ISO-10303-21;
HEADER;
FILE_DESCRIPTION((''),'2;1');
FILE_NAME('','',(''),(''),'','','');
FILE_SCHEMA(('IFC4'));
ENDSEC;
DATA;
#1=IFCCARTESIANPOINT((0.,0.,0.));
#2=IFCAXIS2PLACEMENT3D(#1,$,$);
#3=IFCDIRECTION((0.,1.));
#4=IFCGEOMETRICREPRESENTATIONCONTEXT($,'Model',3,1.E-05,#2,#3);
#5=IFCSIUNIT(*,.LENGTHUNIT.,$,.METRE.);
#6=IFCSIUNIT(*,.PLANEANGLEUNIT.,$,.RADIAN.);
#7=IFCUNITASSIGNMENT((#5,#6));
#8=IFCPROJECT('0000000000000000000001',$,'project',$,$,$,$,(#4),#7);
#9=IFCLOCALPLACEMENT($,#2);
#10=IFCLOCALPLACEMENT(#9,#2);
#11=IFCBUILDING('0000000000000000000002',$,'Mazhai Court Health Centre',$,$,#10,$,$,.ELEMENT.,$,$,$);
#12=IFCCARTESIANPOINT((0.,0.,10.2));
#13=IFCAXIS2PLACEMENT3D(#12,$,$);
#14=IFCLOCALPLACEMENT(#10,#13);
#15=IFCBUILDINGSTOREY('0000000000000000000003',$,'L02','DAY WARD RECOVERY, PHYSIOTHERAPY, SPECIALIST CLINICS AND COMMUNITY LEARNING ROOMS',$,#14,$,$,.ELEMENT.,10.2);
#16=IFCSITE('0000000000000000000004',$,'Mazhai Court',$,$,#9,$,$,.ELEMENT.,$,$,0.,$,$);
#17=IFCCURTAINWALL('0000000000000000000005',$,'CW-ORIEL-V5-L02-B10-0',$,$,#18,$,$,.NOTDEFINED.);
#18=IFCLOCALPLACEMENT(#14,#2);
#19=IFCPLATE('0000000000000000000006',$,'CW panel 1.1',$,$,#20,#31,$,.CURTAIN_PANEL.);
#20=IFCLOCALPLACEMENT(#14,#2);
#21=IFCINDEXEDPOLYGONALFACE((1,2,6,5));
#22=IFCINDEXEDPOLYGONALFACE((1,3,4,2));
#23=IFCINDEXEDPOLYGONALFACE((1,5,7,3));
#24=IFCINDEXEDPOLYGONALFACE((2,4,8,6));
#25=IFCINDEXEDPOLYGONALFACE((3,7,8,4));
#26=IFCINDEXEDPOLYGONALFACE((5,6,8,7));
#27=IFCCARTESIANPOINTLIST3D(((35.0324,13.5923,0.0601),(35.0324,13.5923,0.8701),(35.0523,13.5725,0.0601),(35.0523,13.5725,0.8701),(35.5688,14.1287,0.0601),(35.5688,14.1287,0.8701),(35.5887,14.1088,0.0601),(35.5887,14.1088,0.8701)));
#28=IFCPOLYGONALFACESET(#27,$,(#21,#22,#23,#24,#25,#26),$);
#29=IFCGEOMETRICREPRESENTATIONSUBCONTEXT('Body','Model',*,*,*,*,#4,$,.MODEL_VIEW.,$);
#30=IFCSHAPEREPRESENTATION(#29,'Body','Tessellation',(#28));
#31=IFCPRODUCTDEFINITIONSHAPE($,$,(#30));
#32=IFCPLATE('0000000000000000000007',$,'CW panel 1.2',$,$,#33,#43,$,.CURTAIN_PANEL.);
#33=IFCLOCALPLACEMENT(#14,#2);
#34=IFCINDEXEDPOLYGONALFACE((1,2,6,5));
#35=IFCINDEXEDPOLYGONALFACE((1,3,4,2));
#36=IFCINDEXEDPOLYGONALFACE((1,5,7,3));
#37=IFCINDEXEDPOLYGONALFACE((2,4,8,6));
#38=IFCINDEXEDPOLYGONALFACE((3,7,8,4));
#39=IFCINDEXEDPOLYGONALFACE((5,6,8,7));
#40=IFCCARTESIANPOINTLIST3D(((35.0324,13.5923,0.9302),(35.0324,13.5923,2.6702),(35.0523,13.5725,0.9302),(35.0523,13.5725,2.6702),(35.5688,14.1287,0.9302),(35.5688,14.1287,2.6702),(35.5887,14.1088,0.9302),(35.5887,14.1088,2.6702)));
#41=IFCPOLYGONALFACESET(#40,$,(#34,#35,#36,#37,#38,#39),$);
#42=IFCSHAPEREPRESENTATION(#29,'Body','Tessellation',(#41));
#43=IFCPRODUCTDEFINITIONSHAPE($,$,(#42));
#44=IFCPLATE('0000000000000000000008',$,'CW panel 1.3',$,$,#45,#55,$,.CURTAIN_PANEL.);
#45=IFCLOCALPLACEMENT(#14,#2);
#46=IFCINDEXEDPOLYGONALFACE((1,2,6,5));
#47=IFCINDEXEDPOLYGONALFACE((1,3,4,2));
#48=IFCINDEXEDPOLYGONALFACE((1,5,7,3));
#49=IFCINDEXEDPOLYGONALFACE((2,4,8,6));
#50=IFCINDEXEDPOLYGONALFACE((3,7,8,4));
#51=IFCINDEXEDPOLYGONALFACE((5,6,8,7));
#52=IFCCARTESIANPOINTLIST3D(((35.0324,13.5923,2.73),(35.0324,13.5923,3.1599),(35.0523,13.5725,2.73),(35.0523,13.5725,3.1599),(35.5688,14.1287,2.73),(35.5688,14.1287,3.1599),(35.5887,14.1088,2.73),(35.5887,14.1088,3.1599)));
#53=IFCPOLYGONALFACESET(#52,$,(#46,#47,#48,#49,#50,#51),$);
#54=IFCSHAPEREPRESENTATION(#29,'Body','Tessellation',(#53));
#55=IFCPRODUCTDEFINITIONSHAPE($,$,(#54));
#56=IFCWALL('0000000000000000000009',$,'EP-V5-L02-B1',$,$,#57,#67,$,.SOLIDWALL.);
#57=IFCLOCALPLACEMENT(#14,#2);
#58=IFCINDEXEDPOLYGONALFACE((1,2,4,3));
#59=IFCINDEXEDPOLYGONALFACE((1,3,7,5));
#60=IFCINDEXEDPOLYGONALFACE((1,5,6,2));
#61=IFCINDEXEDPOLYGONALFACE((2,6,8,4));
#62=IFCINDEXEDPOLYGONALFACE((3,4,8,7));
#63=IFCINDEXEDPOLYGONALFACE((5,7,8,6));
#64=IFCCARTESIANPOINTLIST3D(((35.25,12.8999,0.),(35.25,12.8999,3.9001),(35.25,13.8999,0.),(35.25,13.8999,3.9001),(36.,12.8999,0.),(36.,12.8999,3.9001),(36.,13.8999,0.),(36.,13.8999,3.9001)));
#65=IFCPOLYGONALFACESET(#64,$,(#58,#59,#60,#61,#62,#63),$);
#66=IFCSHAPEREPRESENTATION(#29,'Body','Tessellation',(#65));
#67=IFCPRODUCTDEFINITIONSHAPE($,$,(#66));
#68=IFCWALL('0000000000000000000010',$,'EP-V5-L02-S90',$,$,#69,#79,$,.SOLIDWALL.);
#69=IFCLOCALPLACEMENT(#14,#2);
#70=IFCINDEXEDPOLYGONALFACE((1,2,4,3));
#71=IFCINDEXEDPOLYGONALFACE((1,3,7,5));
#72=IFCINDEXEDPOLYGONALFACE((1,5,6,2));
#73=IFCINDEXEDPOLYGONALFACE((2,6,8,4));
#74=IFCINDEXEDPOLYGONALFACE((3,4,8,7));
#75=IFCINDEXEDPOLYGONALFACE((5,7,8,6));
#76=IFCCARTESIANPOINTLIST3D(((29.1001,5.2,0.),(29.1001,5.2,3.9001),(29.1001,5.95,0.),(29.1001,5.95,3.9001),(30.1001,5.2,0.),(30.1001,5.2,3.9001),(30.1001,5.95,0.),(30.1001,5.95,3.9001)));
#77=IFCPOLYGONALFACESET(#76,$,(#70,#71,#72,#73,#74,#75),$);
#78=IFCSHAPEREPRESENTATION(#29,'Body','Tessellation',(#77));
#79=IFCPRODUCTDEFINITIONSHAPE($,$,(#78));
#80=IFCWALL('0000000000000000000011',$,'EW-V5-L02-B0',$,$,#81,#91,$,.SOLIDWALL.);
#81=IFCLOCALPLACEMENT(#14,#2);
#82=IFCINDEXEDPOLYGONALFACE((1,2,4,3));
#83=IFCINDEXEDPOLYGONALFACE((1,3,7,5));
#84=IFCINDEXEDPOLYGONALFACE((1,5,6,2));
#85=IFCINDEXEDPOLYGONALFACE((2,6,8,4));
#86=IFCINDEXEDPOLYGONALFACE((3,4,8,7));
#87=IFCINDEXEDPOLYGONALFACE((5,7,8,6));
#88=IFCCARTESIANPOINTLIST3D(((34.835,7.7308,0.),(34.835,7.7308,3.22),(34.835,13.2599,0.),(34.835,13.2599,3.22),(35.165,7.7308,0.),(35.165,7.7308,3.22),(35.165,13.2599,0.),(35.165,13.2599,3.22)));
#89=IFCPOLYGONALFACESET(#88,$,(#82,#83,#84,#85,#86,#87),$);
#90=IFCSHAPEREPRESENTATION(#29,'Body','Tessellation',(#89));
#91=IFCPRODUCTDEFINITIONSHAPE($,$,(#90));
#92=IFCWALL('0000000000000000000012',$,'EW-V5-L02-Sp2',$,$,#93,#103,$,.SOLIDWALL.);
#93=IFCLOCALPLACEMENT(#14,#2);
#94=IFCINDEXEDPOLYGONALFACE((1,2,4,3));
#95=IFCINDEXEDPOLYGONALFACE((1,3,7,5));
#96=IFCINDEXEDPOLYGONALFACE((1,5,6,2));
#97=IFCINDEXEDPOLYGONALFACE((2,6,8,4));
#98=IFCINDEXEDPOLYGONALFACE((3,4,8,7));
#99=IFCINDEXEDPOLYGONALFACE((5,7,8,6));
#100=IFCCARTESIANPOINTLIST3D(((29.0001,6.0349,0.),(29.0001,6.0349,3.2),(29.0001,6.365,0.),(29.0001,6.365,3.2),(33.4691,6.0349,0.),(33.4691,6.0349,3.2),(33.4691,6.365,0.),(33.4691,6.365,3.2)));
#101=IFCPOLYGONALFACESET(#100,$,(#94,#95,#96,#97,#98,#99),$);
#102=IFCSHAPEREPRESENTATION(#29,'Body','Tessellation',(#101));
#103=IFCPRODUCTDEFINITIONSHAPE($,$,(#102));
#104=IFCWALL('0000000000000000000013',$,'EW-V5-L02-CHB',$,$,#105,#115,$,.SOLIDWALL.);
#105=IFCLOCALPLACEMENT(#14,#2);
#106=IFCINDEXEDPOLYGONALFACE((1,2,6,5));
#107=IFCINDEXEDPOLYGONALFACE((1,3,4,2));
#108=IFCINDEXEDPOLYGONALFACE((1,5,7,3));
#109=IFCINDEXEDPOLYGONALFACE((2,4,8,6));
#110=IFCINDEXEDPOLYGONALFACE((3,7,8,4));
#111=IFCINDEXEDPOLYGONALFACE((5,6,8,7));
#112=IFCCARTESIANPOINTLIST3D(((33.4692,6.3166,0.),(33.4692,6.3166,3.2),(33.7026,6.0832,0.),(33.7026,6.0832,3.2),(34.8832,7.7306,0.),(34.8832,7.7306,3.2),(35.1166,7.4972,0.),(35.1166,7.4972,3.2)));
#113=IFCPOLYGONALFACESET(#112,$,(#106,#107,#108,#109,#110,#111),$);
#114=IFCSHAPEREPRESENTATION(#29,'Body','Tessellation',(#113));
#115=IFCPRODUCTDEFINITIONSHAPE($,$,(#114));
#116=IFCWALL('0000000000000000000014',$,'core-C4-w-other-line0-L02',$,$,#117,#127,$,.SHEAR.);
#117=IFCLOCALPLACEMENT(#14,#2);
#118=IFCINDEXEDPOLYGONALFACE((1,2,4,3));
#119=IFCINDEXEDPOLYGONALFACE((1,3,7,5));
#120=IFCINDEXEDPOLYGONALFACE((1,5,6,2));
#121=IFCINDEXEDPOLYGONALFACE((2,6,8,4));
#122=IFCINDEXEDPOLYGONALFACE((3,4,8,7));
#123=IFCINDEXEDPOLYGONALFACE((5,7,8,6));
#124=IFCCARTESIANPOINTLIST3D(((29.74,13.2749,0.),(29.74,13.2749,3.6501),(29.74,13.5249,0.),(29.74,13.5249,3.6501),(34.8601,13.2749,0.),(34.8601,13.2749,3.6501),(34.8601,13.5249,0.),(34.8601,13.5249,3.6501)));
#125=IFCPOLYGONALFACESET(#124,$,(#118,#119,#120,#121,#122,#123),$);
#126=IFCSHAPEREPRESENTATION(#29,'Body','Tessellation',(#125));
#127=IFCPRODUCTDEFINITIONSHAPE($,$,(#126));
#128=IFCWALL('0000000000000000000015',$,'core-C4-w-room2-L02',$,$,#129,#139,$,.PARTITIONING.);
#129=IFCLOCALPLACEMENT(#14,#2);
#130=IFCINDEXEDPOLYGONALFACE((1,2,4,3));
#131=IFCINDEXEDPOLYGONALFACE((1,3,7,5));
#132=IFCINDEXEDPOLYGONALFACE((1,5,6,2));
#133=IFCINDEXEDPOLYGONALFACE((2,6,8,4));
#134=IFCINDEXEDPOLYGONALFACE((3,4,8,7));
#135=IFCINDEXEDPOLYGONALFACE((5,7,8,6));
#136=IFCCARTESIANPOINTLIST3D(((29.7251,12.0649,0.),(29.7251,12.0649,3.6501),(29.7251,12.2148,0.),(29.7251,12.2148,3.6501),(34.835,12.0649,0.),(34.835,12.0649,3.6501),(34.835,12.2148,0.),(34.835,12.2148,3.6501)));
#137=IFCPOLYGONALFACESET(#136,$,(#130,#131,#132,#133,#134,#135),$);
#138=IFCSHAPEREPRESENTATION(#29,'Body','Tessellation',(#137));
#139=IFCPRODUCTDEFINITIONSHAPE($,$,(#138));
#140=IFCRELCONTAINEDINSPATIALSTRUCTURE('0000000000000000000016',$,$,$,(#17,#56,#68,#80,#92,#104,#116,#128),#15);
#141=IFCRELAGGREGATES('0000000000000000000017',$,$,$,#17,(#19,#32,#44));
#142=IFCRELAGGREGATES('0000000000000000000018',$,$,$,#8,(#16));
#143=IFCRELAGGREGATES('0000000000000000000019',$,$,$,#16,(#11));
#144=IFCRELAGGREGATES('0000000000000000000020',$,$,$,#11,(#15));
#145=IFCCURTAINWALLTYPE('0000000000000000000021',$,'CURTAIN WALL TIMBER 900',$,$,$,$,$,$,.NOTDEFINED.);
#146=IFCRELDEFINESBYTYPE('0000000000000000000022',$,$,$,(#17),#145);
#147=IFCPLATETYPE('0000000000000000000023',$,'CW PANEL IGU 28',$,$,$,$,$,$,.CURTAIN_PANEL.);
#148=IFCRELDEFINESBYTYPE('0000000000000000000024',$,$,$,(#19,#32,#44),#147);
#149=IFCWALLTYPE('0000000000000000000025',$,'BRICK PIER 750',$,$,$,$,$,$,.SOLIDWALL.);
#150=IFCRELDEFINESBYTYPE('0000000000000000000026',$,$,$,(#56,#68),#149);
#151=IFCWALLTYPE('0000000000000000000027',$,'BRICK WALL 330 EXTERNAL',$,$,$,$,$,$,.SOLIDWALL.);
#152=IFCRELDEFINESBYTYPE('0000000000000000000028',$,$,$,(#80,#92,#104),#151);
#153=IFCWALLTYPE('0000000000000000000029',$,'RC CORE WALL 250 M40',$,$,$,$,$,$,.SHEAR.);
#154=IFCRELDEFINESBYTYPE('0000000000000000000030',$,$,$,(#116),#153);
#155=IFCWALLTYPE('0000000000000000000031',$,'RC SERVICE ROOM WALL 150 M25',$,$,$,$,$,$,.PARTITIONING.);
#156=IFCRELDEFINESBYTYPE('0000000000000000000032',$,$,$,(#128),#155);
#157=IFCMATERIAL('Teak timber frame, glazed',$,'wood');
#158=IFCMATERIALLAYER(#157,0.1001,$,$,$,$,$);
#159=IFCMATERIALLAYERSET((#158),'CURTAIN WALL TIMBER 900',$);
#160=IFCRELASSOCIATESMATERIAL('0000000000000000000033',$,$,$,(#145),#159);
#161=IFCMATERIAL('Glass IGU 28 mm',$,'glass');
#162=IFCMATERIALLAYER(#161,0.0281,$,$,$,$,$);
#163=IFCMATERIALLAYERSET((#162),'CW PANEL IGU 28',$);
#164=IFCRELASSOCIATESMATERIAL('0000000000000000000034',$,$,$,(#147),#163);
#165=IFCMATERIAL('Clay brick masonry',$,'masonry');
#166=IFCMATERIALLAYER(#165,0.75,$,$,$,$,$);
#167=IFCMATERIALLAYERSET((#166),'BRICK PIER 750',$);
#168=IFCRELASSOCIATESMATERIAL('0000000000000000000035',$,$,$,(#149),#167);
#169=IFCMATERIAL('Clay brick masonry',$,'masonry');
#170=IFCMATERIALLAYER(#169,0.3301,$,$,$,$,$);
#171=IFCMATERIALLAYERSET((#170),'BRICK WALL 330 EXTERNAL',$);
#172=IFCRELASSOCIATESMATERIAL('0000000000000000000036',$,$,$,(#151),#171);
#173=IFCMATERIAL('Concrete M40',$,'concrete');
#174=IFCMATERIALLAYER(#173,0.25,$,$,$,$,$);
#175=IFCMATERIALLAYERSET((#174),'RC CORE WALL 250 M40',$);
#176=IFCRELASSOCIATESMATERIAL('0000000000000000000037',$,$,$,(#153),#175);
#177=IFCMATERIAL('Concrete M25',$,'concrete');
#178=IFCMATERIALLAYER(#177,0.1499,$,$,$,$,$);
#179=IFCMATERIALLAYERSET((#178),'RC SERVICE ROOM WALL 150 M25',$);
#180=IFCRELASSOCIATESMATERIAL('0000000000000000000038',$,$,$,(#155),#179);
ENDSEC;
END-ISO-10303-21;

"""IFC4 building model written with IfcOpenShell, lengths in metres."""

from ifc_helpers import new_model, si_unit, direction, frame, frame_2d, origin, origin_2d, place, context, subcontext, project, spatial, rectangle, extrude, material, layer, layer_set, type_object, element, aggregate, save


model = new_model("IFC4")

# Units and contexts
model_context = context("Model", 3, precision=1e-05, world=origin(), true_north=direction((0.0, 1.0)))
body_context = subcontext(model_context, "Body", "Model", "MODEL_VIEW")
ifc_project = project(units=[si_unit("LENGTHUNIT", "METRE"), si_unit("PLANEANGLEUNIT", "RADIAN")], contexts=[model_context])

# Site, building, storey
site_placement = place(None, origin())
site = spatial("IfcSite", under=ifc_project, at=site_placement, Name="Mazhai Court", CompositionType="ELEMENT", RefElevation=0.0)
building_placement = place(site_placement, origin())
building = spatial("IfcBuilding", under=site, at=building_placement, Name="Mazhai Court Health Centre", CompositionType="ELEMENT")
storey_placement = place(building_placement, frame((0.0, 0.0, 10.2)))
storey = spatial("IfcBuildingStorey", under=building, at=storey_placement, Name="L02", Description="DAY WARD RECOVERY, PHYSIOTHERAPY, SPECIALIST CLINICS AND COMMUNITY LEARNING ROOMS", CompositionType="ELEMENT", Elevation=10.2)

# Curtain wall
ifc_material_1 = material(Name="Teak timber frame, glazed", Category="wood")
ifc_layer_1 = layer(ifc_material_1, 0.1001)
ifc_layer_set_1 = layer_set([ifc_layer_1], Name="CURTAIN WALL TIMBER 900")
curtain_wall_type = type_object("IfcCurtainWallType", Name="CURTAIN WALL TIMBER 900", PredefinedType="NOTDEFINED", material=ifc_layer_set_1)
curtain_wall_placement = place(storey_placement, origin())
curtain_wall = element("IfcCurtainWall", 1, at=curtain_wall_placement, inside=storey, type_object=curtain_wall_type, Name="CW-ORIEL-V5-L02-B10-0", PredefinedType="NOTDEFINED")

# Plates
ifc_material_2 = material(Name="Glass IGU 28 mm", Category="glass")
ifc_layer_2 = layer(ifc_material_2, 0.0281)
ifc_layer_set_2 = layer_set([ifc_layer_2], Name="CW PANEL IGU 28")
plate_type = type_object("IfcPlateType", Name="CW PANEL IGU 28", PredefinedType="CURTAIN_PANEL", material=ifc_layer_set_2)
plate_1_placement = place(storey_placement, frame((35.3105, 13.8506, 0.0601), z_axis=(0.0, 0.0, 1.0), x_axis=(0.707107, 0.707107, 0.0)))
plate_1 = element("IfcPlate", 2, at=plate_1_placement, type_object=plate_type, Name="CW panel 1.1", PredefinedType="CURTAIN_PANEL", context=body_context, shape_type="SweptSolid", body=[
    extrude(rectangle(XDim=0.7585, YDim=0.0281, at=origin_2d()), origin(), (0.0, 0.0, 1.0), 0.8101),
])
plate_2_placement = place(storey_placement, frame((35.3105, 13.8506, 0.9302), z_axis=(0.0, 0.0, 1.0), x_axis=(0.707107, 0.707107, 0.0)))
plate_2 = element("IfcPlate", 3, at=plate_2_placement, type_object=plate_type, Name="CW panel 1.2", PredefinedType="CURTAIN_PANEL", context=body_context, shape_type="SweptSolid", body=[
    extrude(rectangle(XDim=0.7585, YDim=0.0281, at=origin_2d()), origin(), (0.0, 0.0, 1.0), 1.74),
])
plate_3_placement = place(storey_placement, frame((35.3105, 13.8506, 2.73), z_axis=(0.0, 0.0, 1.0), x_axis=(0.707107, 0.707107, 0.0)))
plate_3 = element("IfcPlate", 4, at=plate_3_placement, type_object=plate_type, Name="CW panel 1.3", PredefinedType="CURTAIN_PANEL", context=body_context, shape_type="SweptSolid", body=[
    extrude(rectangle(XDim=0.7585, YDim=0.0281, at=origin_2d()), origin(), (0.0, 0.0, 1.0), 0.4299),
])
aggregate(curtain_wall, [plate_1, plate_2, plate_3])

# Walls
ifc_material_3 = material(Name="Clay brick masonry", Category="masonry")
ifc_layer_3 = layer(ifc_material_3, 0.75)
ifc_layer_set_3 = layer_set([ifc_layer_3], Name="BRICK PIER 750")
wall_type_1 = type_object("IfcWallType", Name="BRICK PIER 750", PredefinedType="SOLIDWALL", material=ifc_layer_set_3)
for number, where, z_axis, x_axis, name in (
    (5, (35.625, 13.8999, 0.0), (0.0, 0.0, 1.0), (0.0, -1.0, 0.0), "EP-V5-L02-B1"),
    (6, (30.1001, 5.575, 0.0), (0.0, 0.0, 1.0), (-1.0, 0.0, 0.0), "EP-V5-L02-S90"),
):
    element("IfcWall", number, at=place(storey_placement, frame(where, z_axis=z_axis, x_axis=x_axis)), inside=storey, type_object=wall_type_1, Name=name, PredefinedType="SOLIDWALL", context=body_context, shape_type="SweptSolid", body=[
        extrude(rectangle(XDim=1.0, YDim=0.75, at=frame_2d((0.5, 0.0))), origin(), (0.0, 0.0, 1.0), 3.9001),
    ])
ifc_material_4 = material(Name="Clay brick masonry", Category="masonry")
ifc_layer_4 = layer(ifc_material_4, 0.3301)
ifc_layer_set_4 = layer_set([ifc_layer_4], Name="BRICK WALL 330 EXTERNAL")
wall_type_2 = type_object("IfcWallType", Name="BRICK WALL 330 EXTERNAL", PredefinedType="SOLIDWALL", material=ifc_layer_set_4)
wall_1_placement = place(storey_placement, frame((35.0, 13.26, 0.0), z_axis=(0.0, 0.0, 1.0), x_axis=(0.0, -1.0, 0.0)))
element("IfcWall", 7, at=wall_1_placement, inside=storey, type_object=wall_type_2, Name="EW-V5-L02-B0", PredefinedType="SOLIDWALL", context=body_context, shape_type="SweptSolid", body=[
    extrude(rectangle(XDim=5.5291, YDim=0.3301, at=frame_2d((2.7646, 0.0))), origin(), (0.0, 0.0, 1.0), 3.22),
])
wall_2_placement = place(storey_placement, frame((33.469, 6.2, 0.0), z_axis=(0.0, 0.0, 1.0), x_axis=(-1.0, 0.0, 0.0)))
element("IfcWall", 8, at=wall_2_placement, inside=storey, type_object=wall_type_2, Name="EW-V5-L02-Sp2", PredefinedType="SOLIDWALL", context=body_context, shape_type="SweptSolid", body=[
    extrude(rectangle(XDim=4.469, YDim=0.3301, at=frame_2d((2.2344, 0.0))), origin(), (0.0, 0.0, 1.0), 3.2),
])
wall_3_placement = place(storey_placement, frame((35.0, 7.614, 0.0), z_axis=(0.0, 0.0, 1.0), x_axis=(-0.707107, -0.707107, 0.0)))
element("IfcWall", 9, at=wall_3_placement, inside=storey, type_object=wall_type_2, Name="EW-V5-L02-CHB", PredefinedType="SOLIDWALL", context=body_context, shape_type="SweptSolid", body=[
    extrude(rectangle(XDim=1.9998, YDim=0.3301, at=frame_2d((1.0, 0.0))), origin(), (0.0, 0.0, 1.0), 3.2),
])
ifc_material_5 = material(Name="Concrete M40", Category="concrete")
ifc_layer_5 = layer(ifc_material_5, 0.25)
ifc_layer_set_5 = layer_set([ifc_layer_5], Name="RC CORE WALL 250 M40")
wall_type_3 = type_object("IfcWallType", Name="RC CORE WALL 250 M40", PredefinedType="SHEAR", material=ifc_layer_set_5)
wall_4_placement = place(storey_placement, frame((29.74, 13.3999, 0.0), z_axis=(0.0, 0.0, 1.0), x_axis=(1.0, 0.0, 0.0)))
element("IfcWall", 10, at=wall_4_placement, inside=storey, type_object=wall_type_3, Name="core-C4-w-other-line0-L02", PredefinedType="SHEAR", context=body_context, shape_type="SweptSolid", body=[
    extrude(rectangle(XDim=5.1201, YDim=0.25, at=frame_2d((2.5601, 0.0))), origin(), (0.0, 0.0, 1.0), 3.6501),
])
ifc_material_6 = material(Name="Concrete M25", Category="concrete")
ifc_layer_6 = layer(ifc_material_6, 0.1499)
ifc_layer_set_6 = layer_set([ifc_layer_6], Name="RC SERVICE ROOM WALL 150 M25")
wall_type_4 = type_object("IfcWallType", Name="RC SERVICE ROOM WALL 150 M25", PredefinedType="PARTITIONING", material=ifc_layer_set_6)
wall_5_placement = place(storey_placement, frame((29.7251, 12.1399, 0.0), z_axis=(0.0, 0.0, 1.0), x_axis=(1.0, 0.0, 0.0)))
element("IfcWall", 11, at=wall_5_placement, inside=storey, type_object=wall_type_4, Name="core-C4-w-room2-L02", PredefinedType="PARTITIONING", context=body_context, shape_type="SweptSolid", body=[
    extrude(rectangle(XDim=5.1099, YDim=0.1499, at=frame_2d((2.5549, 0.0))), origin(), (0.0, 0.0, 1.0), 3.6501),
])

save(model, "model.ifc")
